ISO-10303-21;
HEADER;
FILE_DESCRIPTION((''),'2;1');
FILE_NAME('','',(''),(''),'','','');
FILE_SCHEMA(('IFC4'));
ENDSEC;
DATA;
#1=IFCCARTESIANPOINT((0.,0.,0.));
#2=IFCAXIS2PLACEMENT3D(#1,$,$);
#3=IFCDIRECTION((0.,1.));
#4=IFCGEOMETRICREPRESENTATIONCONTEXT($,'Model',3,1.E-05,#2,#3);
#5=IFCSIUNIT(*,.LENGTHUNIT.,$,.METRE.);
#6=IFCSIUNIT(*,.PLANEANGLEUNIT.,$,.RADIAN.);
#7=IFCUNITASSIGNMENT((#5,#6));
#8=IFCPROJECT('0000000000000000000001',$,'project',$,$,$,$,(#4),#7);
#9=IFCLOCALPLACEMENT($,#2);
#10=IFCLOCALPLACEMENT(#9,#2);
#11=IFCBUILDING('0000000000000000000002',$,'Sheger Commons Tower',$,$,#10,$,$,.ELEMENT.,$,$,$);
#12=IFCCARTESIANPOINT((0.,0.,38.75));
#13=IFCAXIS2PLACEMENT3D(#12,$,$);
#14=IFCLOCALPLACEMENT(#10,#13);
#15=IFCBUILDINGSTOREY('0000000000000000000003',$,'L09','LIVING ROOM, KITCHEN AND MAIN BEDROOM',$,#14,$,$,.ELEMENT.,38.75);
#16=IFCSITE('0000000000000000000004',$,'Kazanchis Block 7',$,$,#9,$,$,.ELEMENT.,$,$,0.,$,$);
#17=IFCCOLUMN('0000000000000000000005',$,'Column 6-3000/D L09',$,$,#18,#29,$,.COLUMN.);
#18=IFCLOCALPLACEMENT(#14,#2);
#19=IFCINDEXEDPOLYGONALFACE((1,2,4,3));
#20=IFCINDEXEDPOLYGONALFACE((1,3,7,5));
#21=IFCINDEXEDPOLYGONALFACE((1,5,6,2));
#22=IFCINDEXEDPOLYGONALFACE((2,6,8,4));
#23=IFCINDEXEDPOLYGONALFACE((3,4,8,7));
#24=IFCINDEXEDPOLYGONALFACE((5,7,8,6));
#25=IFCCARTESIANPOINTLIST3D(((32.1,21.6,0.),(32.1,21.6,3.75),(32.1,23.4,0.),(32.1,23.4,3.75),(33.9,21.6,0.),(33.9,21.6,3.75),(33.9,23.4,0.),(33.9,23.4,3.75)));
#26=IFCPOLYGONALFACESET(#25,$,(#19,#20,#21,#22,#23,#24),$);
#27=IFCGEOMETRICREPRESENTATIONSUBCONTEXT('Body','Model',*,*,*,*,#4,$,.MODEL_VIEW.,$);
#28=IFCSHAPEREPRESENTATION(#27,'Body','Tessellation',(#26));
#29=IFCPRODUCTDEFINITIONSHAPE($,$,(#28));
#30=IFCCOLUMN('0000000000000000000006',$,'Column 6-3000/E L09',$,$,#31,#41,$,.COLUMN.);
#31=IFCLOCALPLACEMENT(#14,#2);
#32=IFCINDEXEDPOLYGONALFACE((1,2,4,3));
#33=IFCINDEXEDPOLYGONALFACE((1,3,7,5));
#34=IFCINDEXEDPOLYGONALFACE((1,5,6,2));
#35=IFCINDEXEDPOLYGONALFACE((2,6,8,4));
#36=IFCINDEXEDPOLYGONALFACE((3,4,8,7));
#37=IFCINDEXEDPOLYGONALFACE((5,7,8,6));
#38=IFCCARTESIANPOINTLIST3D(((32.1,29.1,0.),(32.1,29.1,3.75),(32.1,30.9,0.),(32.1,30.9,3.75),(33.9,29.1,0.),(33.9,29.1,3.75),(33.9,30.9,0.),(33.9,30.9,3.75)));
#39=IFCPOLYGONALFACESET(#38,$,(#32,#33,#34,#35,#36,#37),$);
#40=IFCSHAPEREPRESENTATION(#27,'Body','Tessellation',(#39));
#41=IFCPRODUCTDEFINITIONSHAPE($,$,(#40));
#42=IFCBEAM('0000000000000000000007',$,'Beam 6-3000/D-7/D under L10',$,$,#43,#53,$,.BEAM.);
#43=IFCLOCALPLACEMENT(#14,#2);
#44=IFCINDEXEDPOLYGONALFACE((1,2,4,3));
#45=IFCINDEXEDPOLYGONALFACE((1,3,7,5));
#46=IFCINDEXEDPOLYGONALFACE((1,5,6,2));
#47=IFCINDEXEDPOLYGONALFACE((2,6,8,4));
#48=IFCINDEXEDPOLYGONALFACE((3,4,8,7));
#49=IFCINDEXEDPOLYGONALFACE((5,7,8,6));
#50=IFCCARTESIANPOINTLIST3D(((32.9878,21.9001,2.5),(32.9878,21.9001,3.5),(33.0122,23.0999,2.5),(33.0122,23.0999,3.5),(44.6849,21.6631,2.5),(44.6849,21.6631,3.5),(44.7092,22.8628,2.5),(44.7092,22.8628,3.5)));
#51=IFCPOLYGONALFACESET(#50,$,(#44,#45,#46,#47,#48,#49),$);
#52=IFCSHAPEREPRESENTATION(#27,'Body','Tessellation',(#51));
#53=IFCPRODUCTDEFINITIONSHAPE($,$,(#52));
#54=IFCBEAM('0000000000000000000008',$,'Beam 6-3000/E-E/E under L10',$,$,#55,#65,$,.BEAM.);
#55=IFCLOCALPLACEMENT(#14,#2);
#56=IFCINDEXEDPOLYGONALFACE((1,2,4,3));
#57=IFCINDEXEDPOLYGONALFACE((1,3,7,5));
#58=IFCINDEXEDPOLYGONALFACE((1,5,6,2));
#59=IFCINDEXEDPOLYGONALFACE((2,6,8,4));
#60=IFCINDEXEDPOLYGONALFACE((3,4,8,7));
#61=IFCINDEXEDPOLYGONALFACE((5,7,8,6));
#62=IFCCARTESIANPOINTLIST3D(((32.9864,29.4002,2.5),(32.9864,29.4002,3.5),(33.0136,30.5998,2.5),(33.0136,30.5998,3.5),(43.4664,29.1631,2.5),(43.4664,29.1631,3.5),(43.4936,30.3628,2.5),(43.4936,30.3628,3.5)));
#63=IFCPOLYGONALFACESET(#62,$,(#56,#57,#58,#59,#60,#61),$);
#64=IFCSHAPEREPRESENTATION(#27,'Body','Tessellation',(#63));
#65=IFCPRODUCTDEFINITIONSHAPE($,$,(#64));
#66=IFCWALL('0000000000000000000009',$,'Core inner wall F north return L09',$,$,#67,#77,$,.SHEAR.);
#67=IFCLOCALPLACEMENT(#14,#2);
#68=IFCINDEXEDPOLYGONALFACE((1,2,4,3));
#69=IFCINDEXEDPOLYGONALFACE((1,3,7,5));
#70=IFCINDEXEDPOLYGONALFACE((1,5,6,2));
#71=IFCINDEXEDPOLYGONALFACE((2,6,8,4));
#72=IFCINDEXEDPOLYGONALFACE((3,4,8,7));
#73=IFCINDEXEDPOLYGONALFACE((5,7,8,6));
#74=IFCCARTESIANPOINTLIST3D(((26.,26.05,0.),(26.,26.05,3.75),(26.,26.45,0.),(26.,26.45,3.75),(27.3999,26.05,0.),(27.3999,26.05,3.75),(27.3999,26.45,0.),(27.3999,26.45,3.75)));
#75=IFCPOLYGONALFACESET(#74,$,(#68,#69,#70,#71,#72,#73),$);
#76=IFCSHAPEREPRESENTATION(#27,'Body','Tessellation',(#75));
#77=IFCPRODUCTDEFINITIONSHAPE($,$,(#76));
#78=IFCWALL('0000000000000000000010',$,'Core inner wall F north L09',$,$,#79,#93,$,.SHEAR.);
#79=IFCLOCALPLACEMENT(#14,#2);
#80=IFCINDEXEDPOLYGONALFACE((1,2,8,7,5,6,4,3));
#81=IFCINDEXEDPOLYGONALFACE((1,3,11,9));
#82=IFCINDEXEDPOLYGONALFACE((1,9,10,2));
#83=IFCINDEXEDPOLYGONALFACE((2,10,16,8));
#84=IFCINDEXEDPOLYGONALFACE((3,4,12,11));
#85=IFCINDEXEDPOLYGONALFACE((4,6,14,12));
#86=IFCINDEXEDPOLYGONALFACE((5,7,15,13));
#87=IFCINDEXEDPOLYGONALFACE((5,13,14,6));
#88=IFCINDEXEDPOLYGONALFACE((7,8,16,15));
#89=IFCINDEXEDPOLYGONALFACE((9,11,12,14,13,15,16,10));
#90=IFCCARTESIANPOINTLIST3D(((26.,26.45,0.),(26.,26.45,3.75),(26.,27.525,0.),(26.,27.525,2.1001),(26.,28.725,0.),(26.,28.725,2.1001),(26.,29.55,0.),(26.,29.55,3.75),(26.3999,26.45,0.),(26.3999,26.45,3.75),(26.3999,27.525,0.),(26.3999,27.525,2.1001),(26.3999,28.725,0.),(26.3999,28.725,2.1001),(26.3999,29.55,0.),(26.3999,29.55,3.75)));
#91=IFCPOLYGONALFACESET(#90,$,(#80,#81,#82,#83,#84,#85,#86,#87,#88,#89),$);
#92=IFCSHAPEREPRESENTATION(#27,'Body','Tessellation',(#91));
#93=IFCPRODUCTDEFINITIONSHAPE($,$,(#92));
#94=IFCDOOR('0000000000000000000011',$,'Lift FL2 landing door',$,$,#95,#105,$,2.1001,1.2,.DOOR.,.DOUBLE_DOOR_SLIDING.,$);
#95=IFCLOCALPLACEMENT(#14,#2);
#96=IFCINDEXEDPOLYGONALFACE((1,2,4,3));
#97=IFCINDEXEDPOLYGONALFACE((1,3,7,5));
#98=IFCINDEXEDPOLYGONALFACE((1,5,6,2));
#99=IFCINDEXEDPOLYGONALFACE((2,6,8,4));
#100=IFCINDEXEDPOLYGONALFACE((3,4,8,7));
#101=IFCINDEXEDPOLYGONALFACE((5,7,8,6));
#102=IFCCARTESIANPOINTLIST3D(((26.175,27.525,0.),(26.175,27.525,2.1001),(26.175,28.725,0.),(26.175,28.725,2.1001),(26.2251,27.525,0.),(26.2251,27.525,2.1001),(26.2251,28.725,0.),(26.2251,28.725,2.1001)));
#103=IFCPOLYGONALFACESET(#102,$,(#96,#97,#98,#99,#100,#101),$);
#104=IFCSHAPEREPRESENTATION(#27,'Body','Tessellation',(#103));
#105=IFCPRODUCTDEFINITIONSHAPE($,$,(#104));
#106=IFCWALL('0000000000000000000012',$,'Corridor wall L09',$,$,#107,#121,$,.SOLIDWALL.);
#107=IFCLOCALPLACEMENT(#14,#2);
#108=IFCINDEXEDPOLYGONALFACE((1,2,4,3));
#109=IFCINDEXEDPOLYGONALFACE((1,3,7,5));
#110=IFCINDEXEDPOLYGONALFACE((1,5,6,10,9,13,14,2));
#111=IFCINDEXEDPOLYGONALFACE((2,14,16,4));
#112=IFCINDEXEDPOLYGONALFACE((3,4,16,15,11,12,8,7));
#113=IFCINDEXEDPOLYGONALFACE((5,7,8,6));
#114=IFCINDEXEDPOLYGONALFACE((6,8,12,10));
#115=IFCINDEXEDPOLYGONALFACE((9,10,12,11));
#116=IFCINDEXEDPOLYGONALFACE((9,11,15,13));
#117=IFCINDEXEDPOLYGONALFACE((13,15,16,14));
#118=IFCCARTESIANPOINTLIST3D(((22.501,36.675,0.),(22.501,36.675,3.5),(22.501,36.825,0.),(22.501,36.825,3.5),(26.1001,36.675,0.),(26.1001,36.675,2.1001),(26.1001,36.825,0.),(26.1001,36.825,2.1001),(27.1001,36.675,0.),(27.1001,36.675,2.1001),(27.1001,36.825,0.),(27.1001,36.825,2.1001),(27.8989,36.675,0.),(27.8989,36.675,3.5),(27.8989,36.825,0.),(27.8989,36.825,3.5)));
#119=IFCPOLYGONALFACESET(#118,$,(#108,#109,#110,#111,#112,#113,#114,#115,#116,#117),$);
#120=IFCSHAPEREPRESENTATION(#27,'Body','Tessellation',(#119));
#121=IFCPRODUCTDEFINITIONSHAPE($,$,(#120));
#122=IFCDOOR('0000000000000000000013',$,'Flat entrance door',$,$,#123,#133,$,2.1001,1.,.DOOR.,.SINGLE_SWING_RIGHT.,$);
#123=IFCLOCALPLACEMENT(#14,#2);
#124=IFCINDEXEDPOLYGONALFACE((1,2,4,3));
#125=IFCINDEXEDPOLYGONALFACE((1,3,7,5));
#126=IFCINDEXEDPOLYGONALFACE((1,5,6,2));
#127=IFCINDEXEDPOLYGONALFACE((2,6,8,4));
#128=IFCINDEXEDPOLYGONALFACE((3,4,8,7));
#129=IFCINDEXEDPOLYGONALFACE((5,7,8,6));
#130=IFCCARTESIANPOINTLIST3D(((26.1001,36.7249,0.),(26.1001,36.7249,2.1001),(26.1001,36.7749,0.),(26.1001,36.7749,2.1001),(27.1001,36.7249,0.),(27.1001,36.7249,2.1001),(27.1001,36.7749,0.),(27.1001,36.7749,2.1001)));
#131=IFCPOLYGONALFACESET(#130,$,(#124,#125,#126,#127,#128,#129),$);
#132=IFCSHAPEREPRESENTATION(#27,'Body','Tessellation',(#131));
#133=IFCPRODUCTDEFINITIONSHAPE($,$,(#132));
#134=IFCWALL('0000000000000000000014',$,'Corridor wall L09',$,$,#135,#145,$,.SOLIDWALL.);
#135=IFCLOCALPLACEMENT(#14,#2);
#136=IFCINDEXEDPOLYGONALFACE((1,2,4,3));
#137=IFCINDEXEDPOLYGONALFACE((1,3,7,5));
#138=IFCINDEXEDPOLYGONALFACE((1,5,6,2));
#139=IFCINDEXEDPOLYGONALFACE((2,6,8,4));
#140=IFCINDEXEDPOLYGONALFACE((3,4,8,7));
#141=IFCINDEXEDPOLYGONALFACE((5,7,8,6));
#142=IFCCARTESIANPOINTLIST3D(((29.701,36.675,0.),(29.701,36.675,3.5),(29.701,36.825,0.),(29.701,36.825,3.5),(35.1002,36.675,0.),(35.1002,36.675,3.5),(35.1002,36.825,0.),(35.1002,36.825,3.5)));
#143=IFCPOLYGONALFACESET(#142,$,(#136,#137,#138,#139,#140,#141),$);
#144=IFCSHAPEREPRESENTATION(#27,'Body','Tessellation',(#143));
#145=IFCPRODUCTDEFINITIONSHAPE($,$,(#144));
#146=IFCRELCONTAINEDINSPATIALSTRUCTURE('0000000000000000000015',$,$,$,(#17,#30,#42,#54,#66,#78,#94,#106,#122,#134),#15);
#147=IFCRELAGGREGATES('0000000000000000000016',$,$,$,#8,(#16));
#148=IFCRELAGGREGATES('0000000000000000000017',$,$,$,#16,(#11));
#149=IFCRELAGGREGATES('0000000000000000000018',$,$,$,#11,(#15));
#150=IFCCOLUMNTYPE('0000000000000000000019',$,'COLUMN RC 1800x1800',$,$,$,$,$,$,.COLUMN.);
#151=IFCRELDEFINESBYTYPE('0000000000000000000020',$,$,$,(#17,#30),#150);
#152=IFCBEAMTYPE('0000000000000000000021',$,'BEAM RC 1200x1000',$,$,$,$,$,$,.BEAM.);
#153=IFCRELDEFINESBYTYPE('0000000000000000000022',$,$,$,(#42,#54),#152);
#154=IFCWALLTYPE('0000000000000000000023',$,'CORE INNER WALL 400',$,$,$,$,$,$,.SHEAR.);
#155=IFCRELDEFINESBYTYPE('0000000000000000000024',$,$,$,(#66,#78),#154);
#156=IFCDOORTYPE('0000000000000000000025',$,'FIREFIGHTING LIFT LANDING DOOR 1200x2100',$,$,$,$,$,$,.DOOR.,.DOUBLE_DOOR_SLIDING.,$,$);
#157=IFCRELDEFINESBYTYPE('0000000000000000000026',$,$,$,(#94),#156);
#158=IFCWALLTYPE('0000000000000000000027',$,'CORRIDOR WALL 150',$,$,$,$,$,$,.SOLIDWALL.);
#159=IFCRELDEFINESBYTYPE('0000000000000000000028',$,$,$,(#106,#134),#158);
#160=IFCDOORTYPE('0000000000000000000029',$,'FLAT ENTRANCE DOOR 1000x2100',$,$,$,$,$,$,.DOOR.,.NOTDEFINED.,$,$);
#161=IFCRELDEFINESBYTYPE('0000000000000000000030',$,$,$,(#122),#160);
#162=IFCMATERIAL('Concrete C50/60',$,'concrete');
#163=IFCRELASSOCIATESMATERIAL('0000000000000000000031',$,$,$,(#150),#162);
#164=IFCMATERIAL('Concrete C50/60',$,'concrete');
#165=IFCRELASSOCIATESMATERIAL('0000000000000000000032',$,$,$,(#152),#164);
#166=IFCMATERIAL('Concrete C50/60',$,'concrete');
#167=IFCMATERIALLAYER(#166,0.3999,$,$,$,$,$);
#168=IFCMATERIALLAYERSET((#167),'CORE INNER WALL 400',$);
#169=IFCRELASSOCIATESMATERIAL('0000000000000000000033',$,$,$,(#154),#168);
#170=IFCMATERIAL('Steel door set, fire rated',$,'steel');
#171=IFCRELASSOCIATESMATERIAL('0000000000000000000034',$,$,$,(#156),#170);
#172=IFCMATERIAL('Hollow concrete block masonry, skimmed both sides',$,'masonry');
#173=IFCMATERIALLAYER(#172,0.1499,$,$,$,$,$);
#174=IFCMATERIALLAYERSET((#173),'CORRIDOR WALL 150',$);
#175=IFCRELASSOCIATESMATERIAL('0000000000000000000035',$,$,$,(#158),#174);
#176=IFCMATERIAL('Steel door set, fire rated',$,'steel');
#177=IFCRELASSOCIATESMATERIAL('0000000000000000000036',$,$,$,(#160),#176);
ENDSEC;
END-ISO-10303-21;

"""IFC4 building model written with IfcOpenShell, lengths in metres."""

from ifc_helpers import new_model, si_unit, direction, frame, frame_2d, origin, origin_2d, place, context, subcontext, project, spatial, rectangle, extrude, material, layer, layer_set, material_profile, profile_set, type_object, element, fill, save


model = new_model("IFC4")

# Units and contexts
model_context = context("Model", 3, precision=1e-05, world=origin(), true_north=direction((0.0, 1.0)))
body_context = subcontext(model_context, "Body", "Model", "MODEL_VIEW")
ifc_project = project(units=[si_unit("LENGTHUNIT", "METRE"), si_unit("PLANEANGLEUNIT", "RADIAN")], contexts=[model_context])

# Site, building, storey
site_placement = place(None, origin())
site = spatial("IfcSite", under=ifc_project, at=site_placement, Name="Kazanchis Block 7", CompositionType="ELEMENT", RefElevation=0.0)
building_placement = place(site_placement, origin())
building = spatial("IfcBuilding", under=site, at=building_placement, Name="Sheger Commons Tower", CompositionType="ELEMENT")
storey_placement = place(building_placement, frame((0.0, 0.0, 38.75)))
storey = spatial("IfcBuildingStorey", under=building, at=storey_placement, Name="L09", Description="LIVING ROOM, KITCHEN AND MAIN BEDROOM", CompositionType="ELEMENT", Elevation=38.75)

# Columns
ifc_material_1 = material(Name="Concrete C50/60", Category="concrete")
ifc_material_profile_1 = material_profile(ifc_material_1, rectangle(XDim=1.8, YDim=1.8, at=origin_2d()), Name="RC 1800x1800")
ifc_profile_set_1 = profile_set([ifc_material_profile_1], Name="Concrete C50/60")
column_type = type_object("IfcColumnType", Name="COLUMN RC 1800x1800", PredefinedType="COLUMN", material=ifc_profile_set_1)
for number, where, z_axis, x_axis, name in (
    (1, (33.0, 22.5, 0.0), (0.0, 0.0, 1.0), (1.0, 0.0, 0.0), "Column 6-3000/D L09"),
    (2, (33.0, 30.0, 0.0), (0.0, 0.0, 1.0), (1.0, 0.0, 0.0), "Column 6-3000/E L09"),
):
    element("IfcColumn", number, at=place(storey_placement, frame(where, z_axis=z_axis, x_axis=x_axis)), inside=storey, type_object=column_type, Name=name, PredefinedType="COLUMN", context=body_context, shape_type="SweptSolid", body=[
        extrude(rectangle(XDim=1.8, YDim=1.8, at=origin_2d()), origin(), (0.0, 0.0, 1.0), 3.75),
    ])

# Beams
ifc_material_2 = material(Name="Concrete C50/60", Category="concrete")
ifc_material_profile_2 = material_profile(ifc_material_2, rectangle(XDim=1.2, YDim=1.0, at=origin_2d()), Name="RC 1200x1000")
ifc_profile_set_2 = profile_set([ifc_material_profile_2], Name="Concrete C50/60")
beam_type = type_object("IfcBeamType", Name="BEAM RC 1200x1000", PredefinedType="BEAM", material=ifc_profile_set_2)
beam_1_placement = place(storey_placement, frame((33.0, 22.5, 3.0), z_axis=(0.999795, -0.020263, 0.0), x_axis=(0.020263, 0.999795, 0.0)))
element("IfcBeam", 3, at=beam_1_placement, inside=storey, type_object=beam_type, Name="Beam 6-3000/D-7/D under L10", PredefinedType="BEAM", context=body_context, shape_type="SweptSolid", body=[
    extrude(rectangle(XDim=1.2, YDim=1.0, at=origin_2d()), origin(), (0.0, 0.0, 1.0), 11.6995),
])
beam_2_placement = place(storey_placement, frame((33.0, 30.0, 3.0), z_axis=(0.999744, -0.022615, 0.0), x_axis=(0.022615, 0.999744, 0.0)))
element("IfcBeam", 4, at=beam_2_placement, inside=storey, type_object=beam_type, Name="Beam 6-3000/E-E/E under L10", PredefinedType="BEAM", context=body_context, shape_type="SweptSolid", body=[
    extrude(rectangle(XDim=1.2, YDim=1.0, at=origin_2d()), origin(), (0.0, 0.0, 1.0), 10.4827),
])

# Wall
ifc_material_3 = material(Name="Concrete C50/60", Category="concrete")
ifc_layer_1 = layer(ifc_material_3, 0.3999)
ifc_layer_set_1 = layer_set([ifc_layer_1], Name="CORE INNER WALL 400")
wall_type_1 = type_object("IfcWallType", Name="CORE INNER WALL 400", PredefinedType="SHEAR", material=ifc_layer_set_1)
wall_1_placement = place(storey_placement, frame((26.0, 26.25, 0.0), z_axis=(0.0, 0.0, 1.0), x_axis=(1.0, 0.0, 0.0)))
element("IfcWall", 5, at=wall_1_placement, inside=storey, type_object=wall_type_1, Name="Core inner wall F north return L09", PredefinedType="SHEAR", context=body_context, shape_type="SweptSolid", body=[
    extrude(rectangle(XDim=1.3999, YDim=0.3999, at=frame_2d((0.7, 0.0))), origin(), (0.0, 0.0, 1.0), 3.75),
])

# Walls, openings, doors
wall_2_placement = place(storey_placement, frame((26.2, 26.45, 0.0), z_axis=(0.0, 0.0, 1.0), x_axis=(0.0, 1.0, 0.0)))
wall_2 = element("IfcWall", 6, at=wall_2_placement, inside=storey, type_object=wall_type_1, Name="Core inner wall F north L09", PredefinedType="SHEAR", context=body_context, shape_type="SweptSolid", body=[
    extrude(rectangle(XDim=3.1001, YDim=0.3999, at=frame_2d((1.55, 0.0))), origin(), (0.0, 0.0, 1.0), 3.75),
])
opening_1_placement = place(wall_2_placement, frame((1.075, 0.0, 0.0)))
opening_1 = element("IfcOpeningElement", 7, at=opening_1_placement, cuts=wall_2, PredefinedType="OPENING", context=body_context, shape_type="SweptSolid", body=[
    extrude(rectangle(XDim=1.2, YDim=2.1001, at=frame_2d((0.6001, 1.05))), frame((0.0, 0.21, 0.0), z_axis=(0.0, -1.0, 0.0), x_axis=(1.0, 0.0, 0.0)), (0.0, 0.0, 1.0), 0.4199),
])
ifc_material_4 = material(Name="Steel door set, fire rated", Category="steel")
door_type_1 = type_object("IfcDoorType", Name="FIREFIGHTING LIFT LANDING DOOR 1200x2100", OperationType="DOUBLE_DOOR_SLIDING", PredefinedType="DOOR", material=ifc_material_4)
door_1_placement = place(opening_1_placement, origin())
door_1 = element("IfcDoor", 8, at=door_1_placement, inside=storey, type_object=door_type_1, Name="Lift FL2 landing door", OperationType="DOUBLE_DOOR_SLIDING", OverallHeight=2.1001, OverallWidth=1.2, PredefinedType="DOOR", context=body_context, shape_type="SweptSolid", body=[
    extrude(rectangle(XDim=1.2, YDim=2.1001, at=frame_2d((0.6001, 1.05))), frame((0.0, 0.0249, 0.0), z_axis=(0.0, -1.0, 0.0), x_axis=(1.0, 0.0, 0.0)), (0.0, 0.0, 1.0), 0.05),
])
fill(opening_1, door_1)
ifc_material_5 = material(Name="Hollow concrete block masonry, skimmed both sides", Category="masonry")
ifc_layer_2 = layer(ifc_material_5, 0.1499)
ifc_layer_set_2 = layer_set([ifc_layer_2], Name="CORRIDOR WALL 150")
wall_type_2 = type_object("IfcWallType", Name="CORRIDOR WALL 150", PredefinedType="SOLIDWALL", material=ifc_layer_set_2)
wall_3_placement = place(storey_placement, frame((22.501, 36.75, 0.0), z_axis=(0.0, 0.0, 1.0), x_axis=(1.0, 0.0, 0.0)))
wall_3 = element("IfcWall", 9, at=wall_3_placement, inside=storey, type_object=wall_type_2, Name="Corridor wall L09", PredefinedType="SOLIDWALL", context=body_context, shape_type="SweptSolid", body=[
    extrude(rectangle(XDim=5.3979, YDim=0.1499, at=frame_2d((2.699, 0.0))), origin(), (0.0, 0.0, 1.0), 3.5),
])
opening_2_placement = place(wall_3_placement, frame((3.5991, 0.0, 0.0)))
opening_2 = element("IfcOpeningElement", 10, at=opening_2_placement, cuts=wall_3, PredefinedType="OPENING", context=body_context, shape_type="SweptSolid", body=[
    extrude(rectangle(XDim=1.0, YDim=2.1001, at=frame_2d((0.5, 1.05))), frame((0.0, 0.085, 0.0), z_axis=(0.0, -1.0, 0.0), x_axis=(1.0, 0.0, 0.0)), (0.0, 0.0, 1.0), 0.1699),
])
ifc_material_6 = material(Name="Steel door set, fire rated", Category="steel")
door_type_2 = type_object("IfcDoorType", Name="FLAT ENTRANCE DOOR 1000x2100", OperationType="NOTDEFINED", PredefinedType="DOOR", material=ifc_material_6)
door_2_placement = place(opening_2_placement, origin())
door_2 = element("IfcDoor", 11, at=door_2_placement, inside=storey, type_object=door_type_2, Name="Flat entrance door", OperationType="SINGLE_SWING_RIGHT", OverallHeight=2.1001, OverallWidth=1.0, PredefinedType="DOOR", context=body_context, shape_type="SweptSolid", body=[
    extrude(rectangle(XDim=1.0, YDim=2.1001, at=frame_2d((0.5, 1.05))), frame((0.0, 0.0249, 0.0), z_axis=(0.0, -1.0, 0.0), x_axis=(1.0, 0.0, 0.0)), (0.0, 0.0, 1.0), 0.05),
])
fill(opening_2, door_2)

# Wall
wall_4_placement = place(storey_placement, frame((29.7009, 36.75, 0.0), z_axis=(0.0, 0.0, 1.0), x_axis=(1.0, 0.0, 0.0)))
element("IfcWall", 12, at=wall_4_placement, inside=storey, type_object=wall_type_2, Name="Corridor wall L09", PredefinedType="SOLIDWALL", context=body_context, shape_type="SweptSolid", body=[
    extrude(rectangle(XDim=5.3992, YDim=0.1499, at=frame_2d((2.6997, 0.0))), origin(), (0.0, 0.0, 1.0), 3.5),
])

save(model, "model.ifc")
